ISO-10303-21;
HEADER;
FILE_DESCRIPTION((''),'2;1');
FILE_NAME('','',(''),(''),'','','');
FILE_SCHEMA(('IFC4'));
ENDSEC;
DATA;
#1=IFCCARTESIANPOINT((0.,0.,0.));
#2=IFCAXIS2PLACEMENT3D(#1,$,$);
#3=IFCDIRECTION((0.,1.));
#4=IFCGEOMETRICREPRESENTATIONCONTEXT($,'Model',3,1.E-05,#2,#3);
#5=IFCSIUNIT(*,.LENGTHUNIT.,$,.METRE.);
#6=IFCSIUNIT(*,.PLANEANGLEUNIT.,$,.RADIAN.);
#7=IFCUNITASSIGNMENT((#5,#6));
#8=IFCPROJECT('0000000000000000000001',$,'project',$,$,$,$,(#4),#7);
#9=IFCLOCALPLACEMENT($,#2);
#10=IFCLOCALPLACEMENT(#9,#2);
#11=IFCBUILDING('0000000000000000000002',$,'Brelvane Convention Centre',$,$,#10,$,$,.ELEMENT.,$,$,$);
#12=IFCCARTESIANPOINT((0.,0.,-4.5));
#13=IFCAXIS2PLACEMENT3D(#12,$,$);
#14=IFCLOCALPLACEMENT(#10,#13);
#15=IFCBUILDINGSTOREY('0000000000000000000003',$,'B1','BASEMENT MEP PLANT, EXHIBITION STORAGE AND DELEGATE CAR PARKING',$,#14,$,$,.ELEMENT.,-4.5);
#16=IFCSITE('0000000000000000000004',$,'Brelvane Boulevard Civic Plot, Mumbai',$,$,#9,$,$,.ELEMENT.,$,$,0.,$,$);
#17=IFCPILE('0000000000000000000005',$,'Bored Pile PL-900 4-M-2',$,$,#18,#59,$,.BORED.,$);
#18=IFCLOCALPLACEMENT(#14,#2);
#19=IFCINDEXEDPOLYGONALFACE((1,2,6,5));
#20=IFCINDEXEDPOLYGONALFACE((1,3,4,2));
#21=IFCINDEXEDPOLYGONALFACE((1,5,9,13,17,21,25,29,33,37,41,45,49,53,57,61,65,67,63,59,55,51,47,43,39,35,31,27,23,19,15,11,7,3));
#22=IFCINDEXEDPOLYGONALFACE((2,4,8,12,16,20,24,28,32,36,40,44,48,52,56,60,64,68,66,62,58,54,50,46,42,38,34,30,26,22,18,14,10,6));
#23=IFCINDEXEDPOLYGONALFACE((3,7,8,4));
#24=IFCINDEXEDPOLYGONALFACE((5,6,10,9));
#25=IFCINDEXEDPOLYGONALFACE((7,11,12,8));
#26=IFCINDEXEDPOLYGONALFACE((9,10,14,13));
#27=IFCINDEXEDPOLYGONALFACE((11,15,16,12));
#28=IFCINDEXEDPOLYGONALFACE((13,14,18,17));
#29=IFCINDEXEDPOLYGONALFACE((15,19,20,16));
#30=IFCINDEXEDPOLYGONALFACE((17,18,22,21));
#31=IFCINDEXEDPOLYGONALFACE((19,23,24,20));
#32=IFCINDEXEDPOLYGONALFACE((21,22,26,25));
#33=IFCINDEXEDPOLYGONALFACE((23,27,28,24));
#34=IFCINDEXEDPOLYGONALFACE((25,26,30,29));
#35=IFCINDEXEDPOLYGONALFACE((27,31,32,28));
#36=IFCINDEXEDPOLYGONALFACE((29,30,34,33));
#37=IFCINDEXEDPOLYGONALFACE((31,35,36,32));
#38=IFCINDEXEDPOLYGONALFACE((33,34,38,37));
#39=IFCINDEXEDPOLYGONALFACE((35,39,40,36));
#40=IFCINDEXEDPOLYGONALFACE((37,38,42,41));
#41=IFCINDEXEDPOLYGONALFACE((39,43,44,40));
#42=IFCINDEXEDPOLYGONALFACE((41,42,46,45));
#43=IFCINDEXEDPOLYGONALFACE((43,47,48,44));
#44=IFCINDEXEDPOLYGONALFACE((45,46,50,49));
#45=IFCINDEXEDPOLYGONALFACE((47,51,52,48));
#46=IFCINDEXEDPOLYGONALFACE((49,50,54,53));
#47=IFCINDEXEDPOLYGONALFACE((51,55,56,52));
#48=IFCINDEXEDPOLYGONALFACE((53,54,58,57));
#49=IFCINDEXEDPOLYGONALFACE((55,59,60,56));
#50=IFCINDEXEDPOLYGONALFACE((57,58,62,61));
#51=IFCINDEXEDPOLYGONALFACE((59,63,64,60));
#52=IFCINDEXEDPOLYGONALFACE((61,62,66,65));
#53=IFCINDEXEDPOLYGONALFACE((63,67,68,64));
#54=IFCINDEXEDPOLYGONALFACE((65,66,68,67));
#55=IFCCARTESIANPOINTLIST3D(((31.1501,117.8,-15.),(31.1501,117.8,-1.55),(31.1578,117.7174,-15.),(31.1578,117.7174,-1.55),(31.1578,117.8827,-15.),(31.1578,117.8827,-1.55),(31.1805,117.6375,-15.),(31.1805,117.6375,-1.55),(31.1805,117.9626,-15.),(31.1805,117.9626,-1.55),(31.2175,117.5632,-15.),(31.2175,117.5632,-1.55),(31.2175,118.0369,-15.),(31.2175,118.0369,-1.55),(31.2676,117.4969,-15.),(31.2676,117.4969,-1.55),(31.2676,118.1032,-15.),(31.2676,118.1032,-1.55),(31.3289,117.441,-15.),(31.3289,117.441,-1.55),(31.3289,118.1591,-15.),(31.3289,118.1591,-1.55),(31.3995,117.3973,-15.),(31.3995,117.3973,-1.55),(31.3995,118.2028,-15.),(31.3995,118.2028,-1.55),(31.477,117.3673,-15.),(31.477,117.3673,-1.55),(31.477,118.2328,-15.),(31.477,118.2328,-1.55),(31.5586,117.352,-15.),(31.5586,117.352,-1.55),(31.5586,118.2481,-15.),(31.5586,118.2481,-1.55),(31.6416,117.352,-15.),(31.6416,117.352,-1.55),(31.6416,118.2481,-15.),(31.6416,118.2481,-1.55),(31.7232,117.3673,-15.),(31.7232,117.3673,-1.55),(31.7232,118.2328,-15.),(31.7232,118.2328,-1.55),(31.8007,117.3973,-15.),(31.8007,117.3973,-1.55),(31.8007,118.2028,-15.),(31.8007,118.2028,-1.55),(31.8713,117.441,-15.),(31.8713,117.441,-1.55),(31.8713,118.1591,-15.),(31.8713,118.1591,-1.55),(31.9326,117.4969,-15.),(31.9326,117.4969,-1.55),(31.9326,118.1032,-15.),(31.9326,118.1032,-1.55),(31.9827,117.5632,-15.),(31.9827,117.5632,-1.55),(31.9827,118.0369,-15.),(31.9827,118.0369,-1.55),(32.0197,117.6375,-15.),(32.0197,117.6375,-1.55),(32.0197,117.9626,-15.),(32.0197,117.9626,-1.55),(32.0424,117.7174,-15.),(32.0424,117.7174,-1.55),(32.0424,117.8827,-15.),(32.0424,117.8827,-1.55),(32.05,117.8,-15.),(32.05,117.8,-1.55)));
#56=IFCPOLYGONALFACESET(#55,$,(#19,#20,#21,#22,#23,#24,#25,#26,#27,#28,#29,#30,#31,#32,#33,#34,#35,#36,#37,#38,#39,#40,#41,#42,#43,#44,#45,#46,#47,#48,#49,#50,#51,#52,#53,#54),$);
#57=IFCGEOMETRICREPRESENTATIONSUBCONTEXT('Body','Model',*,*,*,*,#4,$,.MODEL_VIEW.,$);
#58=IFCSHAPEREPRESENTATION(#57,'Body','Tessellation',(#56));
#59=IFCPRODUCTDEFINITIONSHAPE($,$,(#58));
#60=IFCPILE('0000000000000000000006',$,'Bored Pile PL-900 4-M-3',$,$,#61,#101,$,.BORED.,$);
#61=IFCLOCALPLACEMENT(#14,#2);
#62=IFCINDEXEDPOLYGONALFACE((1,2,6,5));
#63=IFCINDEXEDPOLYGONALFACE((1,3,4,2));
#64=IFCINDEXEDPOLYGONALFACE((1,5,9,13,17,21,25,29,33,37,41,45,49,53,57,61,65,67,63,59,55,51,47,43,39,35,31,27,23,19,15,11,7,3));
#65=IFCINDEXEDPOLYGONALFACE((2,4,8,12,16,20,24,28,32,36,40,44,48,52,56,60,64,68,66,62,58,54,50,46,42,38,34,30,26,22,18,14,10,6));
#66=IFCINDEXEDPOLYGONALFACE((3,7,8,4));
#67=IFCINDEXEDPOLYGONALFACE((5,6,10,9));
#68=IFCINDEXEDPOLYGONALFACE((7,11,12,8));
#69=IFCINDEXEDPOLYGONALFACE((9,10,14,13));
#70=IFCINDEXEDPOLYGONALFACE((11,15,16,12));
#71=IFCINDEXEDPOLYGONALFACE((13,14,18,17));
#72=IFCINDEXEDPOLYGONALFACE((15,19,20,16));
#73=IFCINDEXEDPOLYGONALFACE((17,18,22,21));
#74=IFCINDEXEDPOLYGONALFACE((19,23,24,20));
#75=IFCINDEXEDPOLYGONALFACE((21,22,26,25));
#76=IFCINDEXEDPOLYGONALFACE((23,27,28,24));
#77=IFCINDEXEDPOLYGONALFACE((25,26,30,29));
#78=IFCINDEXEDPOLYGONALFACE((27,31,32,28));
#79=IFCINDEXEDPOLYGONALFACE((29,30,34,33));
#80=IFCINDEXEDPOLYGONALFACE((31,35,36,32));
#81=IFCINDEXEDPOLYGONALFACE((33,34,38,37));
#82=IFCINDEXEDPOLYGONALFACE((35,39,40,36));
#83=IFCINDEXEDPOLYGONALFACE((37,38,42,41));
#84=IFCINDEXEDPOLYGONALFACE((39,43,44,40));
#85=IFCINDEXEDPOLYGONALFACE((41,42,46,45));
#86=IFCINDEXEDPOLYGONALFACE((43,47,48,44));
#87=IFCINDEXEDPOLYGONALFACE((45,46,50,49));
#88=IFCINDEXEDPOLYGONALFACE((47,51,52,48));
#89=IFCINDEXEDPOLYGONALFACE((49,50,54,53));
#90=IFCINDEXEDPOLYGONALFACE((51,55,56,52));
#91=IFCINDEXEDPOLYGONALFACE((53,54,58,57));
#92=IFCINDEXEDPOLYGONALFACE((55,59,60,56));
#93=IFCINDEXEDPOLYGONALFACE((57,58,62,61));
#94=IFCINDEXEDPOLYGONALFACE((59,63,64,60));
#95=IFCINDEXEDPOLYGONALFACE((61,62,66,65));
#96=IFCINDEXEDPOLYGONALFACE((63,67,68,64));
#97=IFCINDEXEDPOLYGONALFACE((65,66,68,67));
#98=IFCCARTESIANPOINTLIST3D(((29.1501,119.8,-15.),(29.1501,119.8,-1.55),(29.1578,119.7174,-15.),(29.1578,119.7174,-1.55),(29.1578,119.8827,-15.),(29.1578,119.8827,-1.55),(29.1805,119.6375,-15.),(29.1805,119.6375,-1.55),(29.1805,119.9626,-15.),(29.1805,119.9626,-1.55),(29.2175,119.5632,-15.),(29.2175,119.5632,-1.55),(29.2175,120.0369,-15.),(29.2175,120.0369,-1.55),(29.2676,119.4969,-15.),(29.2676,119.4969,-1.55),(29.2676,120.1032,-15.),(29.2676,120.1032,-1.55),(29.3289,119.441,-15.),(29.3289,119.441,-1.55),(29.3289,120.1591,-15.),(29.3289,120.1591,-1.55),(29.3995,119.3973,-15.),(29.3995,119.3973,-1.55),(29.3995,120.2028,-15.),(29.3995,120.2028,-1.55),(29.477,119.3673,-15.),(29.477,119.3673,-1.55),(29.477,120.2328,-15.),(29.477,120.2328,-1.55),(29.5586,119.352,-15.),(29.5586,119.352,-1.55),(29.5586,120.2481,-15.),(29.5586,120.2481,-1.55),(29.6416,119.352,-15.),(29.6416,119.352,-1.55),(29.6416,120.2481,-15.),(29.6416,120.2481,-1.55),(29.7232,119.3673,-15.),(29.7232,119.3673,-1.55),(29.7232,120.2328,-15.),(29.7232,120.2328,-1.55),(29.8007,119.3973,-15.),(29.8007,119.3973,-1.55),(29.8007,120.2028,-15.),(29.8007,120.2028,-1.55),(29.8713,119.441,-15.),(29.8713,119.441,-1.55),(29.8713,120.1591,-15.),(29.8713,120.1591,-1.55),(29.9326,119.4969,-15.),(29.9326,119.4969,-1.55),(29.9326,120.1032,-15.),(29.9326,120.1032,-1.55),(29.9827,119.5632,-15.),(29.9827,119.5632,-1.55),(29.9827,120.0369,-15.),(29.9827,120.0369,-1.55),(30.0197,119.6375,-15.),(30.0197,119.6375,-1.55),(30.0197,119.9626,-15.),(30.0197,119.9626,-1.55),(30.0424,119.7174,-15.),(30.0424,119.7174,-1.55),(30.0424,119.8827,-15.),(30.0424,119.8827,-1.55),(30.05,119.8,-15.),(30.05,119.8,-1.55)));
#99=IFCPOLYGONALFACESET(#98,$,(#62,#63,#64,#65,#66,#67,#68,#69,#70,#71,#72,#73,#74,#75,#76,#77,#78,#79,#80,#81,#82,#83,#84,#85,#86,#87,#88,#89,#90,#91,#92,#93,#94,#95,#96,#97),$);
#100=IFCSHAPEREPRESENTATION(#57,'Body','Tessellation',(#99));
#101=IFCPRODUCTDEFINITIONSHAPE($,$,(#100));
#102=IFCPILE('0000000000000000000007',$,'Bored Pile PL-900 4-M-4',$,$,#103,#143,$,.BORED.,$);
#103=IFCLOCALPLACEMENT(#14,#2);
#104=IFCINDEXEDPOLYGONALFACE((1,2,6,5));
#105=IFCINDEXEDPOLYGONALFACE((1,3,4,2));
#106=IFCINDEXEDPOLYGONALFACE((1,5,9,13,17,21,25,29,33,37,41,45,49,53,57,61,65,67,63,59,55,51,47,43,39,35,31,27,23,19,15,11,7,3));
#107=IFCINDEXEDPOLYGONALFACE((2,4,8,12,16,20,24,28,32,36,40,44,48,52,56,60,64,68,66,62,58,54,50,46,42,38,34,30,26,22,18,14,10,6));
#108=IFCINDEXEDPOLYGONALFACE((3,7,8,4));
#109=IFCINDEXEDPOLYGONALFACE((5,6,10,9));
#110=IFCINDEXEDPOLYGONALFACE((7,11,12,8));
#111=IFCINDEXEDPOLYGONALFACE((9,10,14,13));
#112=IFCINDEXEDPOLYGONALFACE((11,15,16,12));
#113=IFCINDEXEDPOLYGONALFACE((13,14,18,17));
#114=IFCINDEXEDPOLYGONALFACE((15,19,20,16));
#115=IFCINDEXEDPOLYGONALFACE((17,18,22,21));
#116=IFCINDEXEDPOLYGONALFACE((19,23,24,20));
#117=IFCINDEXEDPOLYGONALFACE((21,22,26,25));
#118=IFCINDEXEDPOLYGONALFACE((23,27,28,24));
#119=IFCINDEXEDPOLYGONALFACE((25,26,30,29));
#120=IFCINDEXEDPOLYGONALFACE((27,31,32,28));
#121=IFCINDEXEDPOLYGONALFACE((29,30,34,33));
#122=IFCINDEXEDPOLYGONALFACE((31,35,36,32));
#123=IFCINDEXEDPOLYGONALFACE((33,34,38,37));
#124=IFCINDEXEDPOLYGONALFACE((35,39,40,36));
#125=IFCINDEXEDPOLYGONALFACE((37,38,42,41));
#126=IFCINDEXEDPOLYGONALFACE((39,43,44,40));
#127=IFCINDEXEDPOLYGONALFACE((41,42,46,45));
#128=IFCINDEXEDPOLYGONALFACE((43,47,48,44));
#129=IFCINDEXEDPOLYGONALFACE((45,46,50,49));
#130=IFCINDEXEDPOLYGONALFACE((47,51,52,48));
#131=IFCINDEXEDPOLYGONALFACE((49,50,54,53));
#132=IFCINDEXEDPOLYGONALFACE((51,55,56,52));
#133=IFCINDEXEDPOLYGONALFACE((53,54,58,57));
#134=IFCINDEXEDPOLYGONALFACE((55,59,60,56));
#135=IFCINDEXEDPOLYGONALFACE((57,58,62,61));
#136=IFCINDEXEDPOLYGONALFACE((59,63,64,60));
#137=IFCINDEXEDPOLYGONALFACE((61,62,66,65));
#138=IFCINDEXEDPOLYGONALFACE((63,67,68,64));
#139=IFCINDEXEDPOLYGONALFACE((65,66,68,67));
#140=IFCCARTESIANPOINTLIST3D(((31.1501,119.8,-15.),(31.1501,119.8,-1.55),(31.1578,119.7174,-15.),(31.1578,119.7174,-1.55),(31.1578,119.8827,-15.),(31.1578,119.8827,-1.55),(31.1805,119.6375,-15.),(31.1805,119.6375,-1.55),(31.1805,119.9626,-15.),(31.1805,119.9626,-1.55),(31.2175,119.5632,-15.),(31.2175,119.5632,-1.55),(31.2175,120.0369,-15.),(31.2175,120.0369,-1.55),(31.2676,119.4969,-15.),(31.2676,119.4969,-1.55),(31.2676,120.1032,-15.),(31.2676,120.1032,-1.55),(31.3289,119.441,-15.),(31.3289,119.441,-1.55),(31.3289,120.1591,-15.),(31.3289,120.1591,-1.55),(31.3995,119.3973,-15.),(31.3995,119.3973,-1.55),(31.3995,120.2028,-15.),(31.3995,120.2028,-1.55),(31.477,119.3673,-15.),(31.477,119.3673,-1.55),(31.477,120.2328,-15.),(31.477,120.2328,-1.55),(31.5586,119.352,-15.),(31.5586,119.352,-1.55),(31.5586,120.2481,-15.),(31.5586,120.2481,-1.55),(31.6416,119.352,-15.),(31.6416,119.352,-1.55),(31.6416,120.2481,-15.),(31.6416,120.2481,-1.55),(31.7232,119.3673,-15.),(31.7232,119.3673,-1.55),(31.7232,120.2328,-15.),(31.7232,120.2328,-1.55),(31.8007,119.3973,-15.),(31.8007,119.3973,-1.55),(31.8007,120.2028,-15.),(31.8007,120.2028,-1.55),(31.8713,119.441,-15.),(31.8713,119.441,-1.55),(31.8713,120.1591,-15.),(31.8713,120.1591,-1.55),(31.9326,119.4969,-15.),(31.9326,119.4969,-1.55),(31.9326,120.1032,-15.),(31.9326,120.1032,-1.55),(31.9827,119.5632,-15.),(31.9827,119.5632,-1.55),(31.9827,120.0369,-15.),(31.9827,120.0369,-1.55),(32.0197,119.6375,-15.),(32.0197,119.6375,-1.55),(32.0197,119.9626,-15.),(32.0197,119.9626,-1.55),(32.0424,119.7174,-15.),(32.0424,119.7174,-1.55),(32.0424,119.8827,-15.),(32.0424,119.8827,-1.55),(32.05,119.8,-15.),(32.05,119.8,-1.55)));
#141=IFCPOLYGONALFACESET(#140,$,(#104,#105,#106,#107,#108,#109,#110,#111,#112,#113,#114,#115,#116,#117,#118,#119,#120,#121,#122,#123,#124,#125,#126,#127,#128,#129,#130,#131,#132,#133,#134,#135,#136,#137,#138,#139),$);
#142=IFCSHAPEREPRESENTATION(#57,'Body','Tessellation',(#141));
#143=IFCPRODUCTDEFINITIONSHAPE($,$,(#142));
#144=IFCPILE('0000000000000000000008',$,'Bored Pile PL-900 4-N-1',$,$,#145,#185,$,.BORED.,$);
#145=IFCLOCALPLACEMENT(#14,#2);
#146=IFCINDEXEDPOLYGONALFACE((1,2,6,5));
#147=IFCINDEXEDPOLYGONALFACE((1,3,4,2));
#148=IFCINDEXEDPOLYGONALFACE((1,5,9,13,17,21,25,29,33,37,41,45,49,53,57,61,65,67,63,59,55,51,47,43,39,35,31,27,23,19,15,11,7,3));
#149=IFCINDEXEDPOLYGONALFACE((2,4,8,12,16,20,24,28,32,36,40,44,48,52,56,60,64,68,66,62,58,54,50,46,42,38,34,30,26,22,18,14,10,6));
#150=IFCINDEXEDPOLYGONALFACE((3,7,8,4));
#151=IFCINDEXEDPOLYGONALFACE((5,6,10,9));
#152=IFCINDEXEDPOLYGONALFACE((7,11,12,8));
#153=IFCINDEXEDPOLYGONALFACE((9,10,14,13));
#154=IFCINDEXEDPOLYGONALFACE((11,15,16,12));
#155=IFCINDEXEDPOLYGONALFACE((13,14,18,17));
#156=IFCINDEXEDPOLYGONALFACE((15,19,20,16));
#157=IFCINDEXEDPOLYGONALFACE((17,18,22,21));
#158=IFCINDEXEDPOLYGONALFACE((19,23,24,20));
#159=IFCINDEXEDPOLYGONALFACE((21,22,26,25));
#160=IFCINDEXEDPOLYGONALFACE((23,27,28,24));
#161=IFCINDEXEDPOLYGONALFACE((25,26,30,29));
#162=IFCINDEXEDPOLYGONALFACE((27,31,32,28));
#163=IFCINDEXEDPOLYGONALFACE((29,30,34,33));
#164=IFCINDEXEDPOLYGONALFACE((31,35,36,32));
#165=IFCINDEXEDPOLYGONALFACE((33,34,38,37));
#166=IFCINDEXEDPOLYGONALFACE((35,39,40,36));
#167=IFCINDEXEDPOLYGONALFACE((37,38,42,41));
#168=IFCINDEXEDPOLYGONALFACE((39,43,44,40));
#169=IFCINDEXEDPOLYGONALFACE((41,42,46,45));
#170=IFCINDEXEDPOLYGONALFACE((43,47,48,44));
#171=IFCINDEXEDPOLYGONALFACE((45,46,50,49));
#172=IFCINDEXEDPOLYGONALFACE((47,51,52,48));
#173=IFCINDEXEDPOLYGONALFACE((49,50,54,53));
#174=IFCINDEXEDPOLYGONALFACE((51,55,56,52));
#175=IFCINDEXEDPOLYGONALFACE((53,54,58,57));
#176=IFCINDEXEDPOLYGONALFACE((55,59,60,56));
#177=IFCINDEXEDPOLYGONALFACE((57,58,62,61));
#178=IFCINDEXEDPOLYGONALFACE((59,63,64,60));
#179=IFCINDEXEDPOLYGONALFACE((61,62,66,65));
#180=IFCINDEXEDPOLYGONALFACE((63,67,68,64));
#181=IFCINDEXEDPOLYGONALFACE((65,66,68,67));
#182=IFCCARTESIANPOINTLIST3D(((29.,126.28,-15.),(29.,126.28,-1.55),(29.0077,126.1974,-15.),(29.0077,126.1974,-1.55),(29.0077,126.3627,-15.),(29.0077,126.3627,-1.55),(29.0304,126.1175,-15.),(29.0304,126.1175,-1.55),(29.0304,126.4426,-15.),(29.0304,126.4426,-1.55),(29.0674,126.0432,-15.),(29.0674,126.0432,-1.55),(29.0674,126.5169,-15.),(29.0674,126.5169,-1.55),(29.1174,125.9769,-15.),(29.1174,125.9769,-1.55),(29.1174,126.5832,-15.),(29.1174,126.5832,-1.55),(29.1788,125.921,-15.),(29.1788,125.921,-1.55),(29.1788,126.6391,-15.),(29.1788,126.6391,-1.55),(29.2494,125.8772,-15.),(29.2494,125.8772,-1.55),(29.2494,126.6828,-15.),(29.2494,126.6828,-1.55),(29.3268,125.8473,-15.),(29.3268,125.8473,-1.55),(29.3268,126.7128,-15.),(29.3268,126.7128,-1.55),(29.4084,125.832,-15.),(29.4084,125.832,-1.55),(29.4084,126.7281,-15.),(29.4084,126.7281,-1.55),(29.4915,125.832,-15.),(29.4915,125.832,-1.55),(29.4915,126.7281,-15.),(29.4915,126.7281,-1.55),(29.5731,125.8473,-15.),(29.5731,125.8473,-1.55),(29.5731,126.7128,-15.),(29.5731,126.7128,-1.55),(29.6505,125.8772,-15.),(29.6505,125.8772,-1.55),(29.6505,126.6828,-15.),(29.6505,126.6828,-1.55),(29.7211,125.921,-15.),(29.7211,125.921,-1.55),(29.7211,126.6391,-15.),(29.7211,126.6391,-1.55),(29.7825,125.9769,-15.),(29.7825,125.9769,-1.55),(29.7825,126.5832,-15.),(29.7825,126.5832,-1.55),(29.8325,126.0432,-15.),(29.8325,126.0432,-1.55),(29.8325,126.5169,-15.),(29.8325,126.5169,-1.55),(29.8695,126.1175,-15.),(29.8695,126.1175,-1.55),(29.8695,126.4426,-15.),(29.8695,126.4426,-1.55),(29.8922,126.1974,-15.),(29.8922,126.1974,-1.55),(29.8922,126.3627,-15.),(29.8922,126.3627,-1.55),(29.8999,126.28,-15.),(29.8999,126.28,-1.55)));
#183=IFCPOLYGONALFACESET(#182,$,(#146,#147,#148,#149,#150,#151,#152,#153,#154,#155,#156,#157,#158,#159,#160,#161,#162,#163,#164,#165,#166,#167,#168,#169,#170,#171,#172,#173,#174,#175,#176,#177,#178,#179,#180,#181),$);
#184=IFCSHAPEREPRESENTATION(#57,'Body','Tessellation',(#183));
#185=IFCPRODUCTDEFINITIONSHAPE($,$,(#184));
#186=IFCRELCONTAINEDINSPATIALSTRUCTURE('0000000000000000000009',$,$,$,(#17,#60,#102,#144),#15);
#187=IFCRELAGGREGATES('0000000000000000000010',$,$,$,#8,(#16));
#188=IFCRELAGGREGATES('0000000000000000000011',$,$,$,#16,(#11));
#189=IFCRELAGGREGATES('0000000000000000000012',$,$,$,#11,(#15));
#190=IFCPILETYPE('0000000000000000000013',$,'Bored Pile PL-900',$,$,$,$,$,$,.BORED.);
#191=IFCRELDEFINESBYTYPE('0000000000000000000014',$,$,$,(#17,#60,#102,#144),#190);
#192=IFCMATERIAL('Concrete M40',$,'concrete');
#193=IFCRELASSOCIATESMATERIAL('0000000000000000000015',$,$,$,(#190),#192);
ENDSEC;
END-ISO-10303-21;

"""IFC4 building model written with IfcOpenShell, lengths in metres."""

from ifc_helpers import new_model, si_unit, direction, frame, origin, origin_2d, place, context, subcontext, project, spatial, circle, extrude, material, material_profile, profile_set, type_object, element, save


model = new_model("IFC4")

# Units and contexts
model_context = context("Model", 3, precision=1e-05, world=origin(), true_north=direction((0.0, 1.0)))
body_context = subcontext(model_context, "Body", "Model", "MODEL_VIEW")
ifc_project = project(units=[si_unit("LENGTHUNIT", "METRE"), si_unit("PLANEANGLEUNIT", "RADIAN")], contexts=[model_context])

# Site, building, storey
site_placement = place(None, origin())
site = spatial("IfcSite", under=ifc_project, at=site_placement, Name="Brelvane Boulevard Civic Plot, Mumbai", CompositionType="ELEMENT", RefElevation=0.0)
building_placement = place(site_placement, origin())
building = spatial("IfcBuilding", under=site, at=building_placement, Name="Brelvane Convention Centre", CompositionType="ELEMENT")
storey_placement = place(building_placement, frame((0.0, 0.0, -4.5)))
storey = spatial("IfcBuildingStorey", under=building, at=storey_placement, Name="B1", Description="BASEMENT MEP PLANT, EXHIBITION STORAGE AND DELEGATE CAR PARKING", CompositionType="ELEMENT", Elevation=-4.5)

# Piles
ifc_material_1 = material(Name="Concrete M40", Category="concrete")
ifc_material_profile_1 = material_profile(ifc_material_1, circle(Radius=0.45, at=origin_2d()), Name="PILE D900")
ifc_profile_set_1 = profile_set([ifc_material_profile_1], Name="Concrete M40")
pile_type = type_object("IfcPileType", Name="Bored Pile PL-900", PredefinedType="BORED", material=ifc_profile_set_1)
for number, where, z_axis, x_axis, name in (
    (1, (31.6001, 117.8, -1.55), (0.0, 0.0, -1.0), (1.0, 0.0, 0.0), "Bored Pile PL-900 4-M-2"),
    (2, (29.6001, 119.8, -1.55), (0.0, 0.0, -1.0), (1.0, 0.0, 0.0), "Bored Pile PL-900 4-M-3"),
    (3, (31.6001, 119.8, -1.55), (0.0, 0.0, -1.0), (1.0, 0.0, 0.0), "Bored Pile PL-900 4-M-4"),
    (4, (29.45, 126.28, -1.55), (0.0, 0.0, -1.0), (1.0, 0.0, 0.0), "Bored Pile PL-900 4-N-1"),
):
    element("IfcPile", number, at=place(storey_placement, frame(where, z_axis=z_axis, x_axis=x_axis)), inside=storey, type_object=pile_type, Name=name, PredefinedType="BORED", context=body_context, shape_type="SweptSolid", body=[
        extrude(circle(Radius=0.45, at=origin_2d()), origin(), (0.0, 0.0, 1.0), 13.45),
    ])

save(model, "model.ifc")
